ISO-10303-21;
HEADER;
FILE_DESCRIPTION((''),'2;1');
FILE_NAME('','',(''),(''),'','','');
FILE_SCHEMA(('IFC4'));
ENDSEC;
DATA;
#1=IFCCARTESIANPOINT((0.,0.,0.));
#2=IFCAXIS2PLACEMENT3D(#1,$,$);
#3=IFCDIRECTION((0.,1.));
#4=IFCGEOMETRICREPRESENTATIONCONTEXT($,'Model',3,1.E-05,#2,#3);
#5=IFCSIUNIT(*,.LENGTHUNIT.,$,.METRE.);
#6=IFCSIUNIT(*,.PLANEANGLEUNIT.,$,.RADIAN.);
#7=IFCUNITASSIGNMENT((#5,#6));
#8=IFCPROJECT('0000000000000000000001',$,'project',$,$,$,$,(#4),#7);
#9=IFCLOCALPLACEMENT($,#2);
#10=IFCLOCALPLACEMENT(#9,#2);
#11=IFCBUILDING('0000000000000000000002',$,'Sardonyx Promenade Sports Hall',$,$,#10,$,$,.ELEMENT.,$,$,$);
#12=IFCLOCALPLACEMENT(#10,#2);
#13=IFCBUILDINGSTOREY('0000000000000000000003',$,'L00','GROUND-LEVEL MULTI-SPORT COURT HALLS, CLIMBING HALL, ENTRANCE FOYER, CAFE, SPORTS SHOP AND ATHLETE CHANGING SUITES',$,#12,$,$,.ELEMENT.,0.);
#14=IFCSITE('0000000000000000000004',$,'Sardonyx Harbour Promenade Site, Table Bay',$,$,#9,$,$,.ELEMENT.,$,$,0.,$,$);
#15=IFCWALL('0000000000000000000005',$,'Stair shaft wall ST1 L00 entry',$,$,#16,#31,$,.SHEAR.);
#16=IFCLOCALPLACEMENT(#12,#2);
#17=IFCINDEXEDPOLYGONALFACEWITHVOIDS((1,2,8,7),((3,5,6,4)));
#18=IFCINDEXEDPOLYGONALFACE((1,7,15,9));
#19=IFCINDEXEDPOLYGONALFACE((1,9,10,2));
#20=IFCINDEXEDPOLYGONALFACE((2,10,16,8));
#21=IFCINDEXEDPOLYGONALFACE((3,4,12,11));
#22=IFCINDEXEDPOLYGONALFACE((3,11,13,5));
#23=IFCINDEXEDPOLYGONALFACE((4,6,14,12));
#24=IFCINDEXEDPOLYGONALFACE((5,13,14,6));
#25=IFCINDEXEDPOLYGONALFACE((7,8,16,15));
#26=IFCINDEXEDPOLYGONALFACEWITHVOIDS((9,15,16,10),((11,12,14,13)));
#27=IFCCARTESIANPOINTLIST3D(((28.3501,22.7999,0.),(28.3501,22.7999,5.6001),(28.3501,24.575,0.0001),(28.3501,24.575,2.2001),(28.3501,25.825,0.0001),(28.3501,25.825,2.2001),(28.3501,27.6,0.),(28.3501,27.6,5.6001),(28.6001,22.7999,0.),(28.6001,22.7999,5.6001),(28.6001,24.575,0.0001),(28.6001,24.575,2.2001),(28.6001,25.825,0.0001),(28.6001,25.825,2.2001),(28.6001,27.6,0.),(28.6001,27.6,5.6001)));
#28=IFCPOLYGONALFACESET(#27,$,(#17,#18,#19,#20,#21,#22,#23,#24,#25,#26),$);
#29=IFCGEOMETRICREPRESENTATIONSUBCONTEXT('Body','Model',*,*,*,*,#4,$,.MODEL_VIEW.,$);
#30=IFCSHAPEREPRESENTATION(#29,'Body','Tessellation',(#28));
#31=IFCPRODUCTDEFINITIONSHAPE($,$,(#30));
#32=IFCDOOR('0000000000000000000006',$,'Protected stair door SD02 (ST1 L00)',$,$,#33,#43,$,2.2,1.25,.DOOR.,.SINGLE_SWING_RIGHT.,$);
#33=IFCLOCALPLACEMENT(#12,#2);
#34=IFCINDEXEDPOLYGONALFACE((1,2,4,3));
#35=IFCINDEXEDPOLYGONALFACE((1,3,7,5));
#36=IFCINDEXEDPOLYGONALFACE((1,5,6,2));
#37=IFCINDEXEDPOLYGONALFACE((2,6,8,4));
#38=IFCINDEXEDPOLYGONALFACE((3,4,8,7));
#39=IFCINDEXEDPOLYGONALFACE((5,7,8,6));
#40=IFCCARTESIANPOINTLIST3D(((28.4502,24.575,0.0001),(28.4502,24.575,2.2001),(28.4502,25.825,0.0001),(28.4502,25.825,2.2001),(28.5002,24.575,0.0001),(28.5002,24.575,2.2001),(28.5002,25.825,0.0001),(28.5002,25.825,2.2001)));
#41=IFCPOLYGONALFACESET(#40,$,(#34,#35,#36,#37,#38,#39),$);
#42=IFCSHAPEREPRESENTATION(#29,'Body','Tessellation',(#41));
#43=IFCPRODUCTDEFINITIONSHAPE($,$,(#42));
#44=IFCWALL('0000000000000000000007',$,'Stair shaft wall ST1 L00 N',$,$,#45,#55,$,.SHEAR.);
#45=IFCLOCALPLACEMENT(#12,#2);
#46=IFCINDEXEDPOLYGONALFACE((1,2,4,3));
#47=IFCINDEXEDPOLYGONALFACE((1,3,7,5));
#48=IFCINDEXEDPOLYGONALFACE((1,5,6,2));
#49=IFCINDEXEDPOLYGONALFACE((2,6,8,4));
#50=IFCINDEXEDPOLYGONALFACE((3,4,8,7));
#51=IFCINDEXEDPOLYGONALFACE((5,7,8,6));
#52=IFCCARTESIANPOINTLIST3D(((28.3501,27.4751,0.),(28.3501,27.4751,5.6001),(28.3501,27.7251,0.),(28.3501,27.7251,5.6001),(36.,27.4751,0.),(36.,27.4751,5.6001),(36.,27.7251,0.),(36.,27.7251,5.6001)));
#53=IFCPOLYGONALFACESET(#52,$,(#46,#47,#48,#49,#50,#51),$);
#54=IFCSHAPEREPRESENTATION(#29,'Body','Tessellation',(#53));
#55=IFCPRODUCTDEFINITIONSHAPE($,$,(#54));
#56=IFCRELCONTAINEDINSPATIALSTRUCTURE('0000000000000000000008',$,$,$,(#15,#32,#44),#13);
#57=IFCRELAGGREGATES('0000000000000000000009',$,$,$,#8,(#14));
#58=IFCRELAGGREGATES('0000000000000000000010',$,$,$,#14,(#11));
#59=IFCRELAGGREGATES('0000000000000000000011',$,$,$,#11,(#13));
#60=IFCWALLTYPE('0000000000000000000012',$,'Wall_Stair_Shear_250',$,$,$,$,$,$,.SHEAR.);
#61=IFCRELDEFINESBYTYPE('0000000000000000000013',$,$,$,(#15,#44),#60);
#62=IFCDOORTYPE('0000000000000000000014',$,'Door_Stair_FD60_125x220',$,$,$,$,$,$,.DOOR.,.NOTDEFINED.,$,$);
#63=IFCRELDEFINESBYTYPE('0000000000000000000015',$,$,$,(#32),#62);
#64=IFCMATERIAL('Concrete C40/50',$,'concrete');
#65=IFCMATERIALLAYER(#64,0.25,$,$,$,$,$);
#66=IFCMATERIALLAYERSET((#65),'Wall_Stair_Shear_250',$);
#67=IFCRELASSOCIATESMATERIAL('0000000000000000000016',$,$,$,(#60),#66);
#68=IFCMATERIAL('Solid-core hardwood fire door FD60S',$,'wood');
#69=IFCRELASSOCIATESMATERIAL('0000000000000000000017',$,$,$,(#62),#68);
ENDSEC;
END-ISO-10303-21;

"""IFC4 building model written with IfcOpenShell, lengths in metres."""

from ifc_helpers import new_model, si_unit, direction, frame, frame_2d, origin, place, context, subcontext, project, spatial, rectangle, extrude, material, layer, layer_set, type_object, element, fill, save


model = new_model("IFC4")

# Units and contexts
model_context = context("Model", 3, precision=1e-05, world=origin(), true_north=direction((0.0, 1.0)))
body_context = subcontext(model_context, "Body", "Model", "MODEL_VIEW")
ifc_project = project(units=[si_unit("LENGTHUNIT", "METRE"), si_unit("PLANEANGLEUNIT", "RADIAN")], contexts=[model_context])

# Site, building, storey
site_placement = place(None, origin())
site = spatial("IfcSite", under=ifc_project, at=site_placement, Name="Sardonyx Harbour Promenade Site, Table Bay", CompositionType="ELEMENT", RefElevation=0.0)
building_placement = place(site_placement, origin())
building = spatial("IfcBuilding", under=site, at=building_placement, Name="Sardonyx Promenade Sports Hall", CompositionType="ELEMENT")
storey_placement = place(building_placement, origin())
storey = spatial("IfcBuildingStorey", under=building, at=storey_placement, Name="L00", Description="GROUND-LEVEL MULTI-SPORT COURT HALLS, CLIMBING HALL, ENTRANCE FOYER, CAFE, SPORTS SHOP AND ATHLETE CHANGING SUITES", CompositionType="ELEMENT", Elevation=0.0)

# Wall, opening, door
ifc_material_1 = material(Name="Concrete C40/50", Category="concrete")
ifc_layer_1 = layer(ifc_material_1, 0.25)
ifc_layer_set_1 = layer_set([ifc_layer_1], Name="Wall_Stair_Shear_250")
wall_type_1 = type_object("IfcWallType", Name="Wall_Stair_Shear_250", PredefinedType="SHEAR", material=ifc_layer_set_1)
wall_1_placement = place(storey_placement, frame((28.4751, 22.8, 0.0), z_axis=(0.0, 0.0, 1.0), x_axis=(0.0, 1.0, 0.0)))
wall_1 = element("IfcWall", 1, at=wall_1_placement, inside=storey, type_object=wall_type_1, Name="Stair shaft wall ST1 L00 entry", PredefinedType="SHEAR", context=body_context, shape_type="SweptSolid", body=[
    extrude(rectangle(XDim=4.8, YDim=0.25, at=frame_2d((2.3999, 0.0))), origin(), (0.0, 0.0, 1.0), 5.6001),
])
opening_1_placement = place(wall_1_placement, frame((1.7749, 0.0, 0.0)))
opening_1 = element("IfcOpeningElement", 2, at=opening_1_placement, cuts=wall_1, PredefinedType="OPENING", context=body_context, shape_type="SweptSolid", body=[
    extrude(rectangle(XDim=1.25, YDim=2.2, at=frame_2d((0.625, 1.1001))), frame((0.0, 0.135, 0.0), z_axis=(0.0, -1.0, 0.0), x_axis=(1.0, 0.0, 0.0)), (0.0, 0.0, 1.0), 0.27),
])
ifc_material_2 = material(Name="Solid-core hardwood fire door FD60S", Category="wood")
door_type_1 = type_object("IfcDoorType", Name="Door_Stair_FD60_125x220", OperationType="NOTDEFINED", PredefinedType="DOOR", material=ifc_material_2)
door_1_placement = place(opening_1_placement, origin())
door_1 = element("IfcDoor", 3, at=door_1_placement, inside=storey, type_object=door_type_1, Name="Protected stair door SD02 (ST1 L00)", OperationType="SINGLE_SWING_RIGHT", OverallHeight=2.2, OverallWidth=1.25, PredefinedType="DOOR", context=body_context, shape_type="SweptSolid", body=[
    extrude(rectangle(XDim=1.25, YDim=2.2, at=frame_2d((0.625, 1.1001))), frame((0.0, 0.0249, 0.0), z_axis=(0.0, -1.0, 0.0), x_axis=(1.0, 0.0, 0.0)), (0.0, 0.0, 1.0), 0.05),
])
fill(opening_1, door_1)

# Wall
wall_2_placement = place(storey_placement, frame((28.3501, 27.6001, 0.0), z_axis=(0.0, 0.0, 1.0), x_axis=(1.0, 0.0, 0.0)))
element("IfcWall", 4, at=wall_2_placement, inside=storey, type_object=wall_type_1, Name="Stair shaft wall ST1 L00 N", PredefinedType="SHEAR", context=body_context, shape_type="SweptSolid", body=[
    extrude(rectangle(XDim=7.6499, YDim=0.25, at=frame_2d((3.825, 0.0))), origin(), (0.0, 0.0, 1.0), 5.6001),
])

save(model, "model.ifc")
